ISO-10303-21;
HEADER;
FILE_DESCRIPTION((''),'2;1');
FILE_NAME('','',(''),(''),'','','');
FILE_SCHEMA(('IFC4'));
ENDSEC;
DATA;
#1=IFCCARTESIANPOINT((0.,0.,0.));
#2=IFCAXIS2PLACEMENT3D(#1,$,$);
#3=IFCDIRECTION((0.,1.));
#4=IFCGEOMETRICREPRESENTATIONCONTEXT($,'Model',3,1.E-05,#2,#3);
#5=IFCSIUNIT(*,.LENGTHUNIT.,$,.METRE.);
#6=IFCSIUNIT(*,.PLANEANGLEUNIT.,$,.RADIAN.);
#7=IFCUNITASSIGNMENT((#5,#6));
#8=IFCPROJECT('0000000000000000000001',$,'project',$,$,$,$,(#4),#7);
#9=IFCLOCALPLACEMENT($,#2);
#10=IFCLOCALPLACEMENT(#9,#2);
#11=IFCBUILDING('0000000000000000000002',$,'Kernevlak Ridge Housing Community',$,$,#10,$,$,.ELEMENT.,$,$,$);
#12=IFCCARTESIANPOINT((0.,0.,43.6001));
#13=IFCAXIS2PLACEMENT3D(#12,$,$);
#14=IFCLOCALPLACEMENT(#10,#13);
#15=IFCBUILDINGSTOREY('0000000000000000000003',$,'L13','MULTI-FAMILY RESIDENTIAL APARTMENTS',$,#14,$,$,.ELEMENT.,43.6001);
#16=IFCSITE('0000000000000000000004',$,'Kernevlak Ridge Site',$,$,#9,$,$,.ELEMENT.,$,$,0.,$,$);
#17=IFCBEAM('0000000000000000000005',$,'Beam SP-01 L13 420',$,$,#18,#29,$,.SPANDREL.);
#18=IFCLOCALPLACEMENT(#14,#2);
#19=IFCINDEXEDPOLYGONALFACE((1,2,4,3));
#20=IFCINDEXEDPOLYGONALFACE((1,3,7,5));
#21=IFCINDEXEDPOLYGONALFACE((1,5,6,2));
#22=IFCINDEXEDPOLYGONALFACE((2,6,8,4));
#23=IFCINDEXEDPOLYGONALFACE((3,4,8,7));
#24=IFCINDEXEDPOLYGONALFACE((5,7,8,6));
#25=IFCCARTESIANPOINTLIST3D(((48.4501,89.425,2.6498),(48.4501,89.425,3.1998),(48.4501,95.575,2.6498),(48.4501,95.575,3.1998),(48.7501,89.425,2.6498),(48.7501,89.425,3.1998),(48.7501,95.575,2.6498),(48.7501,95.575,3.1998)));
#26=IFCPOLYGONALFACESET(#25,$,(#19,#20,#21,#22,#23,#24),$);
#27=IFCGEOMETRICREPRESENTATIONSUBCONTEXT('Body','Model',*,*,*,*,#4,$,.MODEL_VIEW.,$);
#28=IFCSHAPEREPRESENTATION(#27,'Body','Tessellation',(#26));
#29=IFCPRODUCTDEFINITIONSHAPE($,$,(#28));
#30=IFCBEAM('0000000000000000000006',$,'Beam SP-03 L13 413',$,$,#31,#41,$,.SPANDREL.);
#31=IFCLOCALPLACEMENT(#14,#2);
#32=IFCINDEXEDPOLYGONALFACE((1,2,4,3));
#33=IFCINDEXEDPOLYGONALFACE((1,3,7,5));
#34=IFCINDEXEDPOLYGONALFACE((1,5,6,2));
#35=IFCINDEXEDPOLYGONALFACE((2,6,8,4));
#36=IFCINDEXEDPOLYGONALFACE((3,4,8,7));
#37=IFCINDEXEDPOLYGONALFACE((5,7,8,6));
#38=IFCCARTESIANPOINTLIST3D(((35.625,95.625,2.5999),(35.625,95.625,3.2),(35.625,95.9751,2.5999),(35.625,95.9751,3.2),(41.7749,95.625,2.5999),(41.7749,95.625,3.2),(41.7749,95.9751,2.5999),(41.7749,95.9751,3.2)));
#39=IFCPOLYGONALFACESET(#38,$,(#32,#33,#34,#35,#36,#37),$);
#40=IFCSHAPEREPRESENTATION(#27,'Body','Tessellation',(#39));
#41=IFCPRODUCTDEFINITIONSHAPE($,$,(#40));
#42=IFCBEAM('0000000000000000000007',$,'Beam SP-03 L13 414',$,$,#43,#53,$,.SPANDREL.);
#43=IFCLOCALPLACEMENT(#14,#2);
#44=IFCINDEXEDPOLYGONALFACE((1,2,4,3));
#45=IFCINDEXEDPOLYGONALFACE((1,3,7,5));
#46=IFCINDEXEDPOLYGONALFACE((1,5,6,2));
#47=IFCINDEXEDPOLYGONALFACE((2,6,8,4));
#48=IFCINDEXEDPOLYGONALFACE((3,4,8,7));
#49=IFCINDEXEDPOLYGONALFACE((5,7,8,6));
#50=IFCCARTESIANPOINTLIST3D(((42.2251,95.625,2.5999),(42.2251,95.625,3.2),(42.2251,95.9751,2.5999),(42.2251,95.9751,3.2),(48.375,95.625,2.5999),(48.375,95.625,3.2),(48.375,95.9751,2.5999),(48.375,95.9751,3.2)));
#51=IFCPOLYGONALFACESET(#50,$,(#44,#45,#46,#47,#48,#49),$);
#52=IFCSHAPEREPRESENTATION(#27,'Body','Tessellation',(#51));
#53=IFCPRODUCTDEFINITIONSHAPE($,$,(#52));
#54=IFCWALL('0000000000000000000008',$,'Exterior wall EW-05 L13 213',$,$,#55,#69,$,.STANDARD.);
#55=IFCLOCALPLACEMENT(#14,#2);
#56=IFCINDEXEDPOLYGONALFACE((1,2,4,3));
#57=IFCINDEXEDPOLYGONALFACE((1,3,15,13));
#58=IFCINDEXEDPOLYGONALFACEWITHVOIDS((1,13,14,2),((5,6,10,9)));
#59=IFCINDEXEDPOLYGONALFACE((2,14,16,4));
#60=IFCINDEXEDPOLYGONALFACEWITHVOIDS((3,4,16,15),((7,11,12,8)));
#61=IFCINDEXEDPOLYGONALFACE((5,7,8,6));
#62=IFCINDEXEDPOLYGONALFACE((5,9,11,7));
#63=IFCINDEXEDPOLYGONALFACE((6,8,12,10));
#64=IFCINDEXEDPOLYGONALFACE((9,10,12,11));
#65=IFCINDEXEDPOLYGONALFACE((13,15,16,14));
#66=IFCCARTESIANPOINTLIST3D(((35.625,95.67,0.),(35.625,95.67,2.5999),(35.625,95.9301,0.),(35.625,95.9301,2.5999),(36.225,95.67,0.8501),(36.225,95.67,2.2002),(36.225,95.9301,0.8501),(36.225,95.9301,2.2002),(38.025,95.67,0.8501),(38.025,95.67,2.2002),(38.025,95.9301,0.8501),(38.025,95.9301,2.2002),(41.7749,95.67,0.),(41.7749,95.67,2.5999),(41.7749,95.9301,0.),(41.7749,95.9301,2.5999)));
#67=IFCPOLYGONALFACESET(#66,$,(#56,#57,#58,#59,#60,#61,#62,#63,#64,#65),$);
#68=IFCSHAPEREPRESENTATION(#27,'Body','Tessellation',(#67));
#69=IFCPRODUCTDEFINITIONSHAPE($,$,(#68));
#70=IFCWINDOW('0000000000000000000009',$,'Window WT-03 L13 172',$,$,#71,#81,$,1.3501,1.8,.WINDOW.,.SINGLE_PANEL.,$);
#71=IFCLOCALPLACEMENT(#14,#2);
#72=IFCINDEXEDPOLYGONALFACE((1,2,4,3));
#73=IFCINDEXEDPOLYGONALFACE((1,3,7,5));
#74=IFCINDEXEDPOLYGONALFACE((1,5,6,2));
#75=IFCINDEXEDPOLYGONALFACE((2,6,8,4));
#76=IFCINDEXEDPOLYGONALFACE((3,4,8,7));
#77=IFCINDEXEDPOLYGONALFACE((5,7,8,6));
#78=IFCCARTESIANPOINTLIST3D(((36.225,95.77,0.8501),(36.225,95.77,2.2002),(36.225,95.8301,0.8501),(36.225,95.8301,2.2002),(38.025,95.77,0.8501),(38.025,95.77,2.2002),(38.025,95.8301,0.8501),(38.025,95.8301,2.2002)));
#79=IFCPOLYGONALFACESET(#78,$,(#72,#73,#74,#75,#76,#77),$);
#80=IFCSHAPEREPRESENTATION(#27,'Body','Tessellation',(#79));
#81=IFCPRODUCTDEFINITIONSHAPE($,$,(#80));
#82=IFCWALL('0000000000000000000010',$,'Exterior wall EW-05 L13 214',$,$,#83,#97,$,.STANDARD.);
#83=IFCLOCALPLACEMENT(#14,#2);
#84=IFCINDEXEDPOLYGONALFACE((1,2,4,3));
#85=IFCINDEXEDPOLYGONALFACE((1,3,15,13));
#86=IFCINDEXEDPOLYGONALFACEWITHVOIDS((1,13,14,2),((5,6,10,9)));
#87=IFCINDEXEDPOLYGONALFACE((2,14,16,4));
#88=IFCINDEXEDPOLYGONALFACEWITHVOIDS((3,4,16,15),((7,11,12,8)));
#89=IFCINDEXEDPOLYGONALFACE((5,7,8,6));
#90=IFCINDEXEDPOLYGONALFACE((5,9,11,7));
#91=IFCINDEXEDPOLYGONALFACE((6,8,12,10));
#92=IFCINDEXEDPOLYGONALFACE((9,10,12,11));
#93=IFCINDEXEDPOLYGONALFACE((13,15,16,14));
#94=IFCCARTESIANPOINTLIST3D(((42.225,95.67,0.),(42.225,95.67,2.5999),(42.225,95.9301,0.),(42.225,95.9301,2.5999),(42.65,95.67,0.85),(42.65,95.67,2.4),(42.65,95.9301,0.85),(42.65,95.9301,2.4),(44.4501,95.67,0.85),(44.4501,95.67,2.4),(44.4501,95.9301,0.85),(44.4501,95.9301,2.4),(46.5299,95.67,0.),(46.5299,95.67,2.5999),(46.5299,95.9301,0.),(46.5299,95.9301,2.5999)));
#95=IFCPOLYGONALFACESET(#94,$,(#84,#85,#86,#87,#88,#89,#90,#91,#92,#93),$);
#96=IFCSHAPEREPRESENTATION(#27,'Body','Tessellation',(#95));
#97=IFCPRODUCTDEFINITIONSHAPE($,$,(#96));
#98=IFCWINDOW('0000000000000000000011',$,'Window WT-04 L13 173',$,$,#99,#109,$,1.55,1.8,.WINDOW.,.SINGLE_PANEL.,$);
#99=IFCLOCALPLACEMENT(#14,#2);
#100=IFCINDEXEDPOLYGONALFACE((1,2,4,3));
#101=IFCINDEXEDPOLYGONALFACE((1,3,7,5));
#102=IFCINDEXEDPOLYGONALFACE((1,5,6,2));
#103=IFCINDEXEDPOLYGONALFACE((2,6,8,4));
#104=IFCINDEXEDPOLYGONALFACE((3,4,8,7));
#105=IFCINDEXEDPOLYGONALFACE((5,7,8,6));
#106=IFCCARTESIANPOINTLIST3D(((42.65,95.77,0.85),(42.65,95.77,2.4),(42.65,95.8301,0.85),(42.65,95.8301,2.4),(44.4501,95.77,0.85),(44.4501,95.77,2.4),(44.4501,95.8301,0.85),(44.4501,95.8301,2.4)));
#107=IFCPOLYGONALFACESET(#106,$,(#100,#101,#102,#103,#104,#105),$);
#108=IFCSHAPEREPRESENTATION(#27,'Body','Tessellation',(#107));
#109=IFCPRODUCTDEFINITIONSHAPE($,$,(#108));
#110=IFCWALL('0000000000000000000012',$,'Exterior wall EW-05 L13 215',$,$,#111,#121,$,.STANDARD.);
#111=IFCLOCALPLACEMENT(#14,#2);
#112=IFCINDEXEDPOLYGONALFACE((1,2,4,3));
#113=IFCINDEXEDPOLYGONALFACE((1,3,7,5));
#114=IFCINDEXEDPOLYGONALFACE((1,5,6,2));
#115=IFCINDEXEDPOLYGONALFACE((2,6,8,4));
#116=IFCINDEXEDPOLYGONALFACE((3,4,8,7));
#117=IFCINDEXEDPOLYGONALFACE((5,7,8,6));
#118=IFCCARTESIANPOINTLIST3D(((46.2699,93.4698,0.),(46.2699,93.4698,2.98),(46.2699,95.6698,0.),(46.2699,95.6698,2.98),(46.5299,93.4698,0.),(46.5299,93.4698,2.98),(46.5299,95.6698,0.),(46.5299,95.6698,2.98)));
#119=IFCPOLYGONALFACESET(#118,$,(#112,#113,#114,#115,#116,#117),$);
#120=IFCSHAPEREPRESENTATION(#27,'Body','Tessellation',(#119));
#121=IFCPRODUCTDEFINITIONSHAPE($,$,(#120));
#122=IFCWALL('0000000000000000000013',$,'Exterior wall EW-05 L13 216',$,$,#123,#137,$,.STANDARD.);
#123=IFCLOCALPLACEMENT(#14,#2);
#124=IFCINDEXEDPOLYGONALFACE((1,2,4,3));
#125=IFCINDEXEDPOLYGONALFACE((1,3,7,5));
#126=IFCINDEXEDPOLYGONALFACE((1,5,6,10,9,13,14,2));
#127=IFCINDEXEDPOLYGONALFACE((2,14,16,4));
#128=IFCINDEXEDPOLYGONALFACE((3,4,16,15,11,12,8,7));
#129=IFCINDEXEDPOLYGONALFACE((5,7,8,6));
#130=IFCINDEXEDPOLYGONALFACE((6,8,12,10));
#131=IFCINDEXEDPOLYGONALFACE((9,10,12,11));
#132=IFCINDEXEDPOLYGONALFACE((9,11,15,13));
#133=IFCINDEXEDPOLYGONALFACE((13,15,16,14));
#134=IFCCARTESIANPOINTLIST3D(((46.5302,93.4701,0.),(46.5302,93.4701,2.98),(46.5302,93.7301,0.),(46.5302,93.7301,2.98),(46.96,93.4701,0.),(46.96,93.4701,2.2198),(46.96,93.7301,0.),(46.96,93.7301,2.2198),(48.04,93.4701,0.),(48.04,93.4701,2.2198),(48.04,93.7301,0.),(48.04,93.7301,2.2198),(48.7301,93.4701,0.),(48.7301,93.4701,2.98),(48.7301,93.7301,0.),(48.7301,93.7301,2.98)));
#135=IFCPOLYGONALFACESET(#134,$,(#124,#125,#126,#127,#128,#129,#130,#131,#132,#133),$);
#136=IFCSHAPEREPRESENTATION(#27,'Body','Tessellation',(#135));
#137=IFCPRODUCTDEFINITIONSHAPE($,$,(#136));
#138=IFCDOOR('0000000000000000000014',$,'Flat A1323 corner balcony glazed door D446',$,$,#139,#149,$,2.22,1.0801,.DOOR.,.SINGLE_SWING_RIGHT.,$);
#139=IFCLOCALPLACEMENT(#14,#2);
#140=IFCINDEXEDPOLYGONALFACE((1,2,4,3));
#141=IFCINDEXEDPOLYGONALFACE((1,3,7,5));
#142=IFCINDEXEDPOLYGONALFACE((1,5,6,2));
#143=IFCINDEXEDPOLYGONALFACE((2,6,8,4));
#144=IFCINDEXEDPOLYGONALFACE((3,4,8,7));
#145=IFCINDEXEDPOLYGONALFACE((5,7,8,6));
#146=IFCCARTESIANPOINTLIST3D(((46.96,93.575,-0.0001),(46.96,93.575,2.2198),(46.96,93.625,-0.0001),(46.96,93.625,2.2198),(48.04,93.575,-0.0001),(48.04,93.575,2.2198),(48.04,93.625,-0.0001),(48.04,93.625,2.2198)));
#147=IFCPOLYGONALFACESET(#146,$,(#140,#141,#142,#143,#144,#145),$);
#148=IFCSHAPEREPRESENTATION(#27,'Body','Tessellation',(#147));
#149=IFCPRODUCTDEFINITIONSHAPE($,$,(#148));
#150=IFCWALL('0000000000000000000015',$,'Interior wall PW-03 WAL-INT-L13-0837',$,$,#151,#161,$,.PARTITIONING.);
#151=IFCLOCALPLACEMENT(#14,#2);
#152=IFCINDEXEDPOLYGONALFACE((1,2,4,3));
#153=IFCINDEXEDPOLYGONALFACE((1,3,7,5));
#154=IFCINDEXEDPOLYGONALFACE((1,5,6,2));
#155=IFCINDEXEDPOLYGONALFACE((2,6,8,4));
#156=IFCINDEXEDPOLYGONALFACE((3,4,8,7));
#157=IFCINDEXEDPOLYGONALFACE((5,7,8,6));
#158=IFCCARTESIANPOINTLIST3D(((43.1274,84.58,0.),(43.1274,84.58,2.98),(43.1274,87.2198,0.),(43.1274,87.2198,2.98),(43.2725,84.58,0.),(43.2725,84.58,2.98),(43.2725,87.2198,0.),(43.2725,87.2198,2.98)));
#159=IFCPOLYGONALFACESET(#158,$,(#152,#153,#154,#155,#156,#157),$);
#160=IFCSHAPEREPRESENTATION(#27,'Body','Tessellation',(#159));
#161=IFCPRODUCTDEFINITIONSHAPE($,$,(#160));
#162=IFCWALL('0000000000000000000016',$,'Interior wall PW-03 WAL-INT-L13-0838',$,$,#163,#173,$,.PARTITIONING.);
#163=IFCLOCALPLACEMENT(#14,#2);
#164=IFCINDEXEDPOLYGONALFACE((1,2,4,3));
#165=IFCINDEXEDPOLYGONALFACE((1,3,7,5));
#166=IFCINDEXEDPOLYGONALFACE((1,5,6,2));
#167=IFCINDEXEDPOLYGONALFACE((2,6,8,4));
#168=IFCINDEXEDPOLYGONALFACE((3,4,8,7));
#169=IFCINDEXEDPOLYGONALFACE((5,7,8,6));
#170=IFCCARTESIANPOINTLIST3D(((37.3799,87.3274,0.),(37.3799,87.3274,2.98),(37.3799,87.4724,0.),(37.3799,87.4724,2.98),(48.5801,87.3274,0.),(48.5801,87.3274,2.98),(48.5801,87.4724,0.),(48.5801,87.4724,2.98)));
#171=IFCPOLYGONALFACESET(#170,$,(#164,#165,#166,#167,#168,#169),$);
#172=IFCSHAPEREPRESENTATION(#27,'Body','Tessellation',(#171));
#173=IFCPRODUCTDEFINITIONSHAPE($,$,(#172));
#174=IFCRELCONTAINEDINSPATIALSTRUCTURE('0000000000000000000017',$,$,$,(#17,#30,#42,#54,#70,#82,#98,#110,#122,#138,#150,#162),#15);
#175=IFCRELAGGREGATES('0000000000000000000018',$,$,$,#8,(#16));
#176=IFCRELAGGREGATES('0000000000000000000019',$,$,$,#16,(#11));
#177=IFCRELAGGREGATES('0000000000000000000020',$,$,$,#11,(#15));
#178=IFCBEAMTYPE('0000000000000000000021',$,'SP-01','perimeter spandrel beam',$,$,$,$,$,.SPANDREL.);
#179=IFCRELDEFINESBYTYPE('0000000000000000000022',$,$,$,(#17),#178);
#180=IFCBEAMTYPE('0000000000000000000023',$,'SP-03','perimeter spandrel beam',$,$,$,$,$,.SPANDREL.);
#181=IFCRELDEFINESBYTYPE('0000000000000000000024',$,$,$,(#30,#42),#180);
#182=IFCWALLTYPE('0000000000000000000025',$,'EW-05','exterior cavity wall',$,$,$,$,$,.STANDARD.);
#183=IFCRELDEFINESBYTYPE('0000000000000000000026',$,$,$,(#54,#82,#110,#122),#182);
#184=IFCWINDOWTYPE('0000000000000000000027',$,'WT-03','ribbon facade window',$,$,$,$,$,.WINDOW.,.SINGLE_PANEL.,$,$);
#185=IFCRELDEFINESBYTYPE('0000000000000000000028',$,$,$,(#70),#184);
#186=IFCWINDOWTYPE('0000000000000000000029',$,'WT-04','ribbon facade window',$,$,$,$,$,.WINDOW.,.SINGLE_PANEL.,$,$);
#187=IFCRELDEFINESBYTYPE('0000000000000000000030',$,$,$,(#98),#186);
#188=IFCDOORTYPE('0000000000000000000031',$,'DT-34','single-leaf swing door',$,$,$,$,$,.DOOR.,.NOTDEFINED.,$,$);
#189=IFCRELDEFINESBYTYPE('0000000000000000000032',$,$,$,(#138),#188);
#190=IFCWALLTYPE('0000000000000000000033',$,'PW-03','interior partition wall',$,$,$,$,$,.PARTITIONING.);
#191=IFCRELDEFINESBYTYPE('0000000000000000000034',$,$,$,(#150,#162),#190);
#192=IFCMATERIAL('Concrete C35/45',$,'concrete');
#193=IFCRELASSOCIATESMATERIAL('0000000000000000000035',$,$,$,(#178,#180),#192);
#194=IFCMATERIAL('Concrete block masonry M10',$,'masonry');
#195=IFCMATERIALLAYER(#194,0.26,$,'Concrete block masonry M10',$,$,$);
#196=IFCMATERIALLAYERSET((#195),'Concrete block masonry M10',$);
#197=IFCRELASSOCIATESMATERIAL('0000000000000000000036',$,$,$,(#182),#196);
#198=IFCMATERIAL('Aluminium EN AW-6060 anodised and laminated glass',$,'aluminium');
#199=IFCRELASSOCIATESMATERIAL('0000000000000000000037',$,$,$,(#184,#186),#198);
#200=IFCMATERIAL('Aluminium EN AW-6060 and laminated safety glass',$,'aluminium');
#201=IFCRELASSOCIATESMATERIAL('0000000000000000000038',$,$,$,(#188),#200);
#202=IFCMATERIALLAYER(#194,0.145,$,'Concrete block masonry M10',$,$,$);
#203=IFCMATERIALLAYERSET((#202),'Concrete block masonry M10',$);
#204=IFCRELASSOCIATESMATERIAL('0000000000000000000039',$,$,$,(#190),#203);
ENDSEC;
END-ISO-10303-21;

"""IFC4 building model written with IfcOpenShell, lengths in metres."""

from ifc_helpers import new_model, si_unit, direction, frame, frame_2d, origin, origin_2d, place, context, subcontext, project, spatial, rectangle, extrude, material, layer, layer_set, material_profile, profile_set, type_object, element, fill, save


model = new_model("IFC4")

# Units and contexts
model_context = context("Model", 3, precision=1e-05, world=origin(), true_north=direction((0.0, 1.0)))
body_context = subcontext(model_context, "Body", "Model", "MODEL_VIEW")
ifc_project = project(units=[si_unit("LENGTHUNIT", "METRE"), si_unit("PLANEANGLEUNIT", "RADIAN")], contexts=[model_context])

# Site, building, storey
site_placement = place(None, origin())
site = spatial("IfcSite", under=ifc_project, at=site_placement, Name="Kernevlak Ridge Site", CompositionType="ELEMENT", RefElevation=0.0)
building_placement = place(site_placement, origin())
building = spatial("IfcBuilding", under=site, at=building_placement, Name="Kernevlak Ridge Housing Community", CompositionType="ELEMENT")
storey_placement = place(building_placement, frame((0.0, 0.0, 43.6001)))
storey = spatial("IfcBuildingStorey", under=building, at=storey_placement, Name="L13", Description="MULTI-FAMILY RESIDENTIAL APARTMENTS", CompositionType="ELEMENT", Elevation=43.6001)

# Shared definitions
ifc_material_1 = material(Name="Concrete C35/45", Category="concrete")

# Shared definitions
ifc_material_2 = material(Name="Aluminium EN AW-6060 anodised and laminated glass", Category="aluminium")

# Beams
ifc_material_profile_1 = material_profile(ifc_material_1, rectangle(XDim=0.3, YDim=0.55, at=origin_2d()), Name="RC 300x550")
ifc_profile_set_1 = profile_set([ifc_material_profile_1], Name="Concrete C35/45")
beam_type_1 = type_object("IfcBeamType", Name="SP-01", Description="perimeter spandrel beam", PredefinedType="SPANDREL", material=ifc_profile_set_1)
beam_1_placement = place(storey_placement, frame((48.6001, 89.425, 2.9248), z_axis=(0.0, 1.0, 0.0), x_axis=(-1.0, 0.0, 0.0)))
element("IfcBeam", 1, at=beam_1_placement, inside=storey, type_object=beam_type_1, Name="Beam SP-01 L13 420", PredefinedType="SPANDREL", context=body_context, shape_type="SweptSolid", body=[
    extrude(rectangle(XDim=0.3, YDim=0.55, at=origin_2d()), origin(), (0.0, 0.0, 1.0), 6.1499),
])
ifc_material_profile_2 = material_profile(ifc_material_1, rectangle(XDim=0.3501, YDim=0.6001, at=origin_2d()), Name="RC 350x600")
ifc_profile_set_2 = profile_set([ifc_material_profile_2], Name="Concrete C35/45")
beam_type_2 = type_object("IfcBeamType", Name="SP-03", Description="perimeter spandrel beam", PredefinedType="SPANDREL", material=ifc_profile_set_2)
for number, where, z_axis, x_axis, name in (
    (2, (35.625, 95.8, 2.8999), (1.0, 0.0, 0.0), (0.0, 1.0, 0.0), "Beam SP-03 L13 413"),
    (3, (42.2251, 95.8, 2.8999), (1.0, 0.0, 0.0), (0.0, 1.0, 0.0), "Beam SP-03 L13 414"),
):
    element("IfcBeam", number, at=place(storey_placement, frame(where, z_axis=z_axis, x_axis=x_axis)), inside=storey, type_object=beam_type_2, Name=name, PredefinedType="SPANDREL", context=body_context, shape_type="SweptSolid", body=[
        extrude(rectangle(XDim=0.3501, YDim=0.6001, at=origin_2d()), origin(), (0.0, 0.0, 1.0), 6.1499),
    ])

# Walls, openings, windows
ifc_material_3 = material(Name="Concrete block masonry M10", Category="masonry")
ifc_layer_1 = layer(ifc_material_3, 0.26, Name="Concrete block masonry M10")
ifc_layer_set_1 = layer_set([ifc_layer_1], Name="Concrete block masonry M10")
wall_type_1 = type_object("IfcWallType", Name="EW-05", Description="exterior cavity wall", PredefinedType="STANDARD", material=ifc_layer_set_1)
wall_1_placement = place(storey_placement, frame((35.625, 95.8, 0.0), z_axis=(0.0, 0.0, 1.0), x_axis=(1.0, 0.0, 0.0)))
wall_1 = element("IfcWall", 4, at=wall_1_placement, inside=storey, type_object=wall_type_1, Name="Exterior wall EW-05 L13 213", PredefinedType="STANDARD", context=body_context, shape_type="SweptSolid", body=[
    extrude(rectangle(XDim=6.1499, YDim=0.26, at=frame_2d((3.075, 0.0))), origin(), (0.0, 0.0, 1.0), 2.5999),
])
opening_1_placement = place(wall_1_placement, frame((0.6001, 0.0, 0.8501)))
opening_1 = element("IfcOpeningElement", 5, at=opening_1_placement, cuts=wall_1, PredefinedType="OPENING", context=body_context, shape_type="SweptSolid", body=[
    extrude(rectangle(XDim=1.8, YDim=1.3501, at=frame_2d((0.8999, 0.675))), frame((0.0, 0.1399, 0.0), z_axis=(0.0, -1.0, 0.0), x_axis=(1.0, 0.0, 0.0)), (0.0, 0.0, 1.0), 0.28),
])
window_type_1 = type_object("IfcWindowType", Name="WT-03", Description="ribbon facade window", PartitioningType="SINGLE_PANEL", PredefinedType="WINDOW", material=ifc_material_2)
window_1_placement = place(opening_1_placement, origin())
window_1 = element("IfcWindow", 6, at=window_1_placement, inside=storey, type_object=window_type_1, Name="Window WT-03 L13 172", OverallHeight=1.3501, OverallWidth=1.8, PartitioningType="SINGLE_PANEL", PredefinedType="WINDOW", context=body_context, shape_type="SweptSolid", body=[
    extrude(rectangle(XDim=1.8, YDim=1.3501, at=frame_2d((0.8999, 0.675))), frame((0.0, 0.03, 0.0), z_axis=(0.0, -1.0, 0.0), x_axis=(1.0, 0.0, 0.0)), (0.0, 0.0, 1.0), 0.0601),
])
fill(opening_1, window_1)
wall_2_placement = place(storey_placement, frame((42.2251, 95.8, 0.0), z_axis=(0.0, 0.0, 1.0), x_axis=(1.0, 0.0, 0.0)))
wall_2 = element("IfcWall", 7, at=wall_2_placement, inside=storey, type_object=wall_type_1, Name="Exterior wall EW-05 L13 214", PredefinedType="STANDARD", context=body_context, shape_type="SweptSolid", body=[
    extrude(rectangle(XDim=4.3049, YDim=0.26, at=frame_2d((2.1523, 0.0))), origin(), (0.0, 0.0, 1.0), 2.5999),
])
opening_2_placement = place(wall_2_placement, frame((0.425, 0.0, 0.8501)))
opening_2 = element("IfcOpeningElement", 8, at=opening_2_placement, cuts=wall_2, PredefinedType="OPENING", context=body_context, shape_type="SweptSolid", body=[
    extrude(rectangle(XDim=1.8, YDim=1.55, at=frame_2d((0.8999, 0.7749))), frame((0.0, 0.1399, 0.0), z_axis=(0.0, -1.0, 0.0), x_axis=(1.0, 0.0, 0.0)), (0.0, 0.0, 1.0), 0.28),
])
window_type_2 = type_object("IfcWindowType", Name="WT-04", Description="ribbon facade window", PartitioningType="SINGLE_PANEL", PredefinedType="WINDOW", material=ifc_material_2)
window_2_placement = place(opening_2_placement, origin())
window_2 = element("IfcWindow", 9, at=window_2_placement, inside=storey, type_object=window_type_2, Name="Window WT-04 L13 173", OverallHeight=1.55, OverallWidth=1.8, PartitioningType="SINGLE_PANEL", PredefinedType="WINDOW", context=body_context, shape_type="SweptSolid", body=[
    extrude(rectangle(XDim=1.8, YDim=1.55, at=frame_2d((0.8999, 0.7749))), frame((0.0, 0.03, 0.0), z_axis=(0.0, -1.0, 0.0), x_axis=(1.0, 0.0, 0.0)), (0.0, 0.0, 1.0), 0.0601),
])
fill(opening_2, window_2)

# Wall
wall_3_placement = place(storey_placement, frame((46.3999, 95.6699, 0.0), z_axis=(0.0, 0.0, 1.0), x_axis=(0.0, -1.0, 0.0)))
element("IfcWall", 10, at=wall_3_placement, inside=storey, type_object=wall_type_1, Name="Exterior wall EW-05 L13 215", PredefinedType="STANDARD", context=body_context, shape_type="SweptSolid", body=[
    extrude(rectangle(XDim=2.2, YDim=0.26, at=frame_2d((1.1001, 0.0))), origin(), (0.0, 0.0, 1.0), 2.98),
])

# Wall, opening, door
wall_4_placement = place(storey_placement, frame((46.53, 93.6001, 0.0), z_axis=(0.0, 0.0, 1.0), x_axis=(1.0, 0.0, 0.0)))
wall_4 = element("IfcWall", 11, at=wall_4_placement, inside=storey, type_object=wall_type_1, Name="Exterior wall EW-05 L13 216", PredefinedType="STANDARD", context=body_context, shape_type="SweptSolid", body=[
    extrude(rectangle(XDim=2.2, YDim=0.26, at=frame_2d((1.1001, 0.0))), origin(), (0.0, 0.0, 1.0), 2.98),
])
opening_3_placement = place(wall_4_placement, frame((0.4299, 0.0, 0.0)))
opening_3 = element("IfcOpeningElement", 12, at=opening_3_placement, cuts=wall_4, PredefinedType="OPENING", context=body_context, shape_type="SweptSolid", body=[
    extrude(rectangle(XDim=1.0801, YDim=2.22, at=frame_2d((0.54, 1.1099))), frame((0.0, 0.1399, 0.0), z_axis=(0.0, -1.0, 0.0), x_axis=(1.0, 0.0, 0.0)), (0.0, 0.0, 1.0), 0.28),
])
ifc_material_4 = material(Name="Aluminium EN AW-6060 and laminated safety glass", Category="aluminium")
door_type_1 = type_object("IfcDoorType", Name="DT-34", Description="single-leaf swing door", OperationType="NOTDEFINED", PredefinedType="DOOR", material=ifc_material_4)
door_1_placement = place(opening_3_placement, origin())
door_1 = element("IfcDoor", 13, at=door_1_placement, inside=storey, type_object=door_type_1, Name="Flat A1323 corner balcony glazed door D446", OperationType="SINGLE_SWING_RIGHT", OverallHeight=2.22, OverallWidth=1.0801, PredefinedType="DOOR", context=body_context, shape_type="SweptSolid", body=[
    extrude(rectangle(XDim=1.0801, YDim=2.22, at=frame_2d((0.54, 1.1099))), frame((0.0, 0.0249, 0.0), z_axis=(0.0, -1.0, 0.0), x_axis=(1.0, 0.0, 0.0)), (0.0, 0.0, 1.0), 0.05),
])
fill(opening_3, door_1)

# Walls
ifc_layer_2 = layer(ifc_material_3, 0.145, Name="Concrete block masonry M10")
ifc_layer_set_2 = layer_set([ifc_layer_2], Name="Concrete block masonry M10")
wall_type_2 = type_object("IfcWallType", Name="PW-03", Description="interior partition wall", PredefinedType="PARTITIONING", material=ifc_layer_set_2)
wall_5_placement = place(storey_placement, frame((43.2, 84.5801, 0.0), z_axis=(0.0, 0.0, 1.0), x_axis=(0.0, 1.0, 0.0)))
element("IfcWall", 14, at=wall_5_placement, inside=storey, type_object=wall_type_2, Name="Interior wall PW-03 WAL-INT-L13-0837", PredefinedType="PARTITIONING", context=body_context, shape_type="SweptSolid", body=[
    extrude(rectangle(XDim=2.6399, YDim=0.145, at=frame_2d((1.3198, 0.0))), origin(), (0.0, 0.0, 1.0), 2.98),
])
wall_6_placement = place(storey_placement, frame((37.3799, 87.3999, 0.0), z_axis=(0.0, 0.0, 1.0), x_axis=(1.0, 0.0, 0.0)))
element("IfcWall", 15, at=wall_6_placement, inside=storey, type_object=wall_type_2, Name="Interior wall PW-03 WAL-INT-L13-0838", PredefinedType="PARTITIONING", context=body_context, shape_type="SweptSolid", body=[
    extrude(rectangle(XDim=11.2002, YDim=0.145, at=frame_2d((5.6001, 0.0))), origin(), (0.0, 0.0, 1.0), 2.98),
])

save(model, "model.ifc")
